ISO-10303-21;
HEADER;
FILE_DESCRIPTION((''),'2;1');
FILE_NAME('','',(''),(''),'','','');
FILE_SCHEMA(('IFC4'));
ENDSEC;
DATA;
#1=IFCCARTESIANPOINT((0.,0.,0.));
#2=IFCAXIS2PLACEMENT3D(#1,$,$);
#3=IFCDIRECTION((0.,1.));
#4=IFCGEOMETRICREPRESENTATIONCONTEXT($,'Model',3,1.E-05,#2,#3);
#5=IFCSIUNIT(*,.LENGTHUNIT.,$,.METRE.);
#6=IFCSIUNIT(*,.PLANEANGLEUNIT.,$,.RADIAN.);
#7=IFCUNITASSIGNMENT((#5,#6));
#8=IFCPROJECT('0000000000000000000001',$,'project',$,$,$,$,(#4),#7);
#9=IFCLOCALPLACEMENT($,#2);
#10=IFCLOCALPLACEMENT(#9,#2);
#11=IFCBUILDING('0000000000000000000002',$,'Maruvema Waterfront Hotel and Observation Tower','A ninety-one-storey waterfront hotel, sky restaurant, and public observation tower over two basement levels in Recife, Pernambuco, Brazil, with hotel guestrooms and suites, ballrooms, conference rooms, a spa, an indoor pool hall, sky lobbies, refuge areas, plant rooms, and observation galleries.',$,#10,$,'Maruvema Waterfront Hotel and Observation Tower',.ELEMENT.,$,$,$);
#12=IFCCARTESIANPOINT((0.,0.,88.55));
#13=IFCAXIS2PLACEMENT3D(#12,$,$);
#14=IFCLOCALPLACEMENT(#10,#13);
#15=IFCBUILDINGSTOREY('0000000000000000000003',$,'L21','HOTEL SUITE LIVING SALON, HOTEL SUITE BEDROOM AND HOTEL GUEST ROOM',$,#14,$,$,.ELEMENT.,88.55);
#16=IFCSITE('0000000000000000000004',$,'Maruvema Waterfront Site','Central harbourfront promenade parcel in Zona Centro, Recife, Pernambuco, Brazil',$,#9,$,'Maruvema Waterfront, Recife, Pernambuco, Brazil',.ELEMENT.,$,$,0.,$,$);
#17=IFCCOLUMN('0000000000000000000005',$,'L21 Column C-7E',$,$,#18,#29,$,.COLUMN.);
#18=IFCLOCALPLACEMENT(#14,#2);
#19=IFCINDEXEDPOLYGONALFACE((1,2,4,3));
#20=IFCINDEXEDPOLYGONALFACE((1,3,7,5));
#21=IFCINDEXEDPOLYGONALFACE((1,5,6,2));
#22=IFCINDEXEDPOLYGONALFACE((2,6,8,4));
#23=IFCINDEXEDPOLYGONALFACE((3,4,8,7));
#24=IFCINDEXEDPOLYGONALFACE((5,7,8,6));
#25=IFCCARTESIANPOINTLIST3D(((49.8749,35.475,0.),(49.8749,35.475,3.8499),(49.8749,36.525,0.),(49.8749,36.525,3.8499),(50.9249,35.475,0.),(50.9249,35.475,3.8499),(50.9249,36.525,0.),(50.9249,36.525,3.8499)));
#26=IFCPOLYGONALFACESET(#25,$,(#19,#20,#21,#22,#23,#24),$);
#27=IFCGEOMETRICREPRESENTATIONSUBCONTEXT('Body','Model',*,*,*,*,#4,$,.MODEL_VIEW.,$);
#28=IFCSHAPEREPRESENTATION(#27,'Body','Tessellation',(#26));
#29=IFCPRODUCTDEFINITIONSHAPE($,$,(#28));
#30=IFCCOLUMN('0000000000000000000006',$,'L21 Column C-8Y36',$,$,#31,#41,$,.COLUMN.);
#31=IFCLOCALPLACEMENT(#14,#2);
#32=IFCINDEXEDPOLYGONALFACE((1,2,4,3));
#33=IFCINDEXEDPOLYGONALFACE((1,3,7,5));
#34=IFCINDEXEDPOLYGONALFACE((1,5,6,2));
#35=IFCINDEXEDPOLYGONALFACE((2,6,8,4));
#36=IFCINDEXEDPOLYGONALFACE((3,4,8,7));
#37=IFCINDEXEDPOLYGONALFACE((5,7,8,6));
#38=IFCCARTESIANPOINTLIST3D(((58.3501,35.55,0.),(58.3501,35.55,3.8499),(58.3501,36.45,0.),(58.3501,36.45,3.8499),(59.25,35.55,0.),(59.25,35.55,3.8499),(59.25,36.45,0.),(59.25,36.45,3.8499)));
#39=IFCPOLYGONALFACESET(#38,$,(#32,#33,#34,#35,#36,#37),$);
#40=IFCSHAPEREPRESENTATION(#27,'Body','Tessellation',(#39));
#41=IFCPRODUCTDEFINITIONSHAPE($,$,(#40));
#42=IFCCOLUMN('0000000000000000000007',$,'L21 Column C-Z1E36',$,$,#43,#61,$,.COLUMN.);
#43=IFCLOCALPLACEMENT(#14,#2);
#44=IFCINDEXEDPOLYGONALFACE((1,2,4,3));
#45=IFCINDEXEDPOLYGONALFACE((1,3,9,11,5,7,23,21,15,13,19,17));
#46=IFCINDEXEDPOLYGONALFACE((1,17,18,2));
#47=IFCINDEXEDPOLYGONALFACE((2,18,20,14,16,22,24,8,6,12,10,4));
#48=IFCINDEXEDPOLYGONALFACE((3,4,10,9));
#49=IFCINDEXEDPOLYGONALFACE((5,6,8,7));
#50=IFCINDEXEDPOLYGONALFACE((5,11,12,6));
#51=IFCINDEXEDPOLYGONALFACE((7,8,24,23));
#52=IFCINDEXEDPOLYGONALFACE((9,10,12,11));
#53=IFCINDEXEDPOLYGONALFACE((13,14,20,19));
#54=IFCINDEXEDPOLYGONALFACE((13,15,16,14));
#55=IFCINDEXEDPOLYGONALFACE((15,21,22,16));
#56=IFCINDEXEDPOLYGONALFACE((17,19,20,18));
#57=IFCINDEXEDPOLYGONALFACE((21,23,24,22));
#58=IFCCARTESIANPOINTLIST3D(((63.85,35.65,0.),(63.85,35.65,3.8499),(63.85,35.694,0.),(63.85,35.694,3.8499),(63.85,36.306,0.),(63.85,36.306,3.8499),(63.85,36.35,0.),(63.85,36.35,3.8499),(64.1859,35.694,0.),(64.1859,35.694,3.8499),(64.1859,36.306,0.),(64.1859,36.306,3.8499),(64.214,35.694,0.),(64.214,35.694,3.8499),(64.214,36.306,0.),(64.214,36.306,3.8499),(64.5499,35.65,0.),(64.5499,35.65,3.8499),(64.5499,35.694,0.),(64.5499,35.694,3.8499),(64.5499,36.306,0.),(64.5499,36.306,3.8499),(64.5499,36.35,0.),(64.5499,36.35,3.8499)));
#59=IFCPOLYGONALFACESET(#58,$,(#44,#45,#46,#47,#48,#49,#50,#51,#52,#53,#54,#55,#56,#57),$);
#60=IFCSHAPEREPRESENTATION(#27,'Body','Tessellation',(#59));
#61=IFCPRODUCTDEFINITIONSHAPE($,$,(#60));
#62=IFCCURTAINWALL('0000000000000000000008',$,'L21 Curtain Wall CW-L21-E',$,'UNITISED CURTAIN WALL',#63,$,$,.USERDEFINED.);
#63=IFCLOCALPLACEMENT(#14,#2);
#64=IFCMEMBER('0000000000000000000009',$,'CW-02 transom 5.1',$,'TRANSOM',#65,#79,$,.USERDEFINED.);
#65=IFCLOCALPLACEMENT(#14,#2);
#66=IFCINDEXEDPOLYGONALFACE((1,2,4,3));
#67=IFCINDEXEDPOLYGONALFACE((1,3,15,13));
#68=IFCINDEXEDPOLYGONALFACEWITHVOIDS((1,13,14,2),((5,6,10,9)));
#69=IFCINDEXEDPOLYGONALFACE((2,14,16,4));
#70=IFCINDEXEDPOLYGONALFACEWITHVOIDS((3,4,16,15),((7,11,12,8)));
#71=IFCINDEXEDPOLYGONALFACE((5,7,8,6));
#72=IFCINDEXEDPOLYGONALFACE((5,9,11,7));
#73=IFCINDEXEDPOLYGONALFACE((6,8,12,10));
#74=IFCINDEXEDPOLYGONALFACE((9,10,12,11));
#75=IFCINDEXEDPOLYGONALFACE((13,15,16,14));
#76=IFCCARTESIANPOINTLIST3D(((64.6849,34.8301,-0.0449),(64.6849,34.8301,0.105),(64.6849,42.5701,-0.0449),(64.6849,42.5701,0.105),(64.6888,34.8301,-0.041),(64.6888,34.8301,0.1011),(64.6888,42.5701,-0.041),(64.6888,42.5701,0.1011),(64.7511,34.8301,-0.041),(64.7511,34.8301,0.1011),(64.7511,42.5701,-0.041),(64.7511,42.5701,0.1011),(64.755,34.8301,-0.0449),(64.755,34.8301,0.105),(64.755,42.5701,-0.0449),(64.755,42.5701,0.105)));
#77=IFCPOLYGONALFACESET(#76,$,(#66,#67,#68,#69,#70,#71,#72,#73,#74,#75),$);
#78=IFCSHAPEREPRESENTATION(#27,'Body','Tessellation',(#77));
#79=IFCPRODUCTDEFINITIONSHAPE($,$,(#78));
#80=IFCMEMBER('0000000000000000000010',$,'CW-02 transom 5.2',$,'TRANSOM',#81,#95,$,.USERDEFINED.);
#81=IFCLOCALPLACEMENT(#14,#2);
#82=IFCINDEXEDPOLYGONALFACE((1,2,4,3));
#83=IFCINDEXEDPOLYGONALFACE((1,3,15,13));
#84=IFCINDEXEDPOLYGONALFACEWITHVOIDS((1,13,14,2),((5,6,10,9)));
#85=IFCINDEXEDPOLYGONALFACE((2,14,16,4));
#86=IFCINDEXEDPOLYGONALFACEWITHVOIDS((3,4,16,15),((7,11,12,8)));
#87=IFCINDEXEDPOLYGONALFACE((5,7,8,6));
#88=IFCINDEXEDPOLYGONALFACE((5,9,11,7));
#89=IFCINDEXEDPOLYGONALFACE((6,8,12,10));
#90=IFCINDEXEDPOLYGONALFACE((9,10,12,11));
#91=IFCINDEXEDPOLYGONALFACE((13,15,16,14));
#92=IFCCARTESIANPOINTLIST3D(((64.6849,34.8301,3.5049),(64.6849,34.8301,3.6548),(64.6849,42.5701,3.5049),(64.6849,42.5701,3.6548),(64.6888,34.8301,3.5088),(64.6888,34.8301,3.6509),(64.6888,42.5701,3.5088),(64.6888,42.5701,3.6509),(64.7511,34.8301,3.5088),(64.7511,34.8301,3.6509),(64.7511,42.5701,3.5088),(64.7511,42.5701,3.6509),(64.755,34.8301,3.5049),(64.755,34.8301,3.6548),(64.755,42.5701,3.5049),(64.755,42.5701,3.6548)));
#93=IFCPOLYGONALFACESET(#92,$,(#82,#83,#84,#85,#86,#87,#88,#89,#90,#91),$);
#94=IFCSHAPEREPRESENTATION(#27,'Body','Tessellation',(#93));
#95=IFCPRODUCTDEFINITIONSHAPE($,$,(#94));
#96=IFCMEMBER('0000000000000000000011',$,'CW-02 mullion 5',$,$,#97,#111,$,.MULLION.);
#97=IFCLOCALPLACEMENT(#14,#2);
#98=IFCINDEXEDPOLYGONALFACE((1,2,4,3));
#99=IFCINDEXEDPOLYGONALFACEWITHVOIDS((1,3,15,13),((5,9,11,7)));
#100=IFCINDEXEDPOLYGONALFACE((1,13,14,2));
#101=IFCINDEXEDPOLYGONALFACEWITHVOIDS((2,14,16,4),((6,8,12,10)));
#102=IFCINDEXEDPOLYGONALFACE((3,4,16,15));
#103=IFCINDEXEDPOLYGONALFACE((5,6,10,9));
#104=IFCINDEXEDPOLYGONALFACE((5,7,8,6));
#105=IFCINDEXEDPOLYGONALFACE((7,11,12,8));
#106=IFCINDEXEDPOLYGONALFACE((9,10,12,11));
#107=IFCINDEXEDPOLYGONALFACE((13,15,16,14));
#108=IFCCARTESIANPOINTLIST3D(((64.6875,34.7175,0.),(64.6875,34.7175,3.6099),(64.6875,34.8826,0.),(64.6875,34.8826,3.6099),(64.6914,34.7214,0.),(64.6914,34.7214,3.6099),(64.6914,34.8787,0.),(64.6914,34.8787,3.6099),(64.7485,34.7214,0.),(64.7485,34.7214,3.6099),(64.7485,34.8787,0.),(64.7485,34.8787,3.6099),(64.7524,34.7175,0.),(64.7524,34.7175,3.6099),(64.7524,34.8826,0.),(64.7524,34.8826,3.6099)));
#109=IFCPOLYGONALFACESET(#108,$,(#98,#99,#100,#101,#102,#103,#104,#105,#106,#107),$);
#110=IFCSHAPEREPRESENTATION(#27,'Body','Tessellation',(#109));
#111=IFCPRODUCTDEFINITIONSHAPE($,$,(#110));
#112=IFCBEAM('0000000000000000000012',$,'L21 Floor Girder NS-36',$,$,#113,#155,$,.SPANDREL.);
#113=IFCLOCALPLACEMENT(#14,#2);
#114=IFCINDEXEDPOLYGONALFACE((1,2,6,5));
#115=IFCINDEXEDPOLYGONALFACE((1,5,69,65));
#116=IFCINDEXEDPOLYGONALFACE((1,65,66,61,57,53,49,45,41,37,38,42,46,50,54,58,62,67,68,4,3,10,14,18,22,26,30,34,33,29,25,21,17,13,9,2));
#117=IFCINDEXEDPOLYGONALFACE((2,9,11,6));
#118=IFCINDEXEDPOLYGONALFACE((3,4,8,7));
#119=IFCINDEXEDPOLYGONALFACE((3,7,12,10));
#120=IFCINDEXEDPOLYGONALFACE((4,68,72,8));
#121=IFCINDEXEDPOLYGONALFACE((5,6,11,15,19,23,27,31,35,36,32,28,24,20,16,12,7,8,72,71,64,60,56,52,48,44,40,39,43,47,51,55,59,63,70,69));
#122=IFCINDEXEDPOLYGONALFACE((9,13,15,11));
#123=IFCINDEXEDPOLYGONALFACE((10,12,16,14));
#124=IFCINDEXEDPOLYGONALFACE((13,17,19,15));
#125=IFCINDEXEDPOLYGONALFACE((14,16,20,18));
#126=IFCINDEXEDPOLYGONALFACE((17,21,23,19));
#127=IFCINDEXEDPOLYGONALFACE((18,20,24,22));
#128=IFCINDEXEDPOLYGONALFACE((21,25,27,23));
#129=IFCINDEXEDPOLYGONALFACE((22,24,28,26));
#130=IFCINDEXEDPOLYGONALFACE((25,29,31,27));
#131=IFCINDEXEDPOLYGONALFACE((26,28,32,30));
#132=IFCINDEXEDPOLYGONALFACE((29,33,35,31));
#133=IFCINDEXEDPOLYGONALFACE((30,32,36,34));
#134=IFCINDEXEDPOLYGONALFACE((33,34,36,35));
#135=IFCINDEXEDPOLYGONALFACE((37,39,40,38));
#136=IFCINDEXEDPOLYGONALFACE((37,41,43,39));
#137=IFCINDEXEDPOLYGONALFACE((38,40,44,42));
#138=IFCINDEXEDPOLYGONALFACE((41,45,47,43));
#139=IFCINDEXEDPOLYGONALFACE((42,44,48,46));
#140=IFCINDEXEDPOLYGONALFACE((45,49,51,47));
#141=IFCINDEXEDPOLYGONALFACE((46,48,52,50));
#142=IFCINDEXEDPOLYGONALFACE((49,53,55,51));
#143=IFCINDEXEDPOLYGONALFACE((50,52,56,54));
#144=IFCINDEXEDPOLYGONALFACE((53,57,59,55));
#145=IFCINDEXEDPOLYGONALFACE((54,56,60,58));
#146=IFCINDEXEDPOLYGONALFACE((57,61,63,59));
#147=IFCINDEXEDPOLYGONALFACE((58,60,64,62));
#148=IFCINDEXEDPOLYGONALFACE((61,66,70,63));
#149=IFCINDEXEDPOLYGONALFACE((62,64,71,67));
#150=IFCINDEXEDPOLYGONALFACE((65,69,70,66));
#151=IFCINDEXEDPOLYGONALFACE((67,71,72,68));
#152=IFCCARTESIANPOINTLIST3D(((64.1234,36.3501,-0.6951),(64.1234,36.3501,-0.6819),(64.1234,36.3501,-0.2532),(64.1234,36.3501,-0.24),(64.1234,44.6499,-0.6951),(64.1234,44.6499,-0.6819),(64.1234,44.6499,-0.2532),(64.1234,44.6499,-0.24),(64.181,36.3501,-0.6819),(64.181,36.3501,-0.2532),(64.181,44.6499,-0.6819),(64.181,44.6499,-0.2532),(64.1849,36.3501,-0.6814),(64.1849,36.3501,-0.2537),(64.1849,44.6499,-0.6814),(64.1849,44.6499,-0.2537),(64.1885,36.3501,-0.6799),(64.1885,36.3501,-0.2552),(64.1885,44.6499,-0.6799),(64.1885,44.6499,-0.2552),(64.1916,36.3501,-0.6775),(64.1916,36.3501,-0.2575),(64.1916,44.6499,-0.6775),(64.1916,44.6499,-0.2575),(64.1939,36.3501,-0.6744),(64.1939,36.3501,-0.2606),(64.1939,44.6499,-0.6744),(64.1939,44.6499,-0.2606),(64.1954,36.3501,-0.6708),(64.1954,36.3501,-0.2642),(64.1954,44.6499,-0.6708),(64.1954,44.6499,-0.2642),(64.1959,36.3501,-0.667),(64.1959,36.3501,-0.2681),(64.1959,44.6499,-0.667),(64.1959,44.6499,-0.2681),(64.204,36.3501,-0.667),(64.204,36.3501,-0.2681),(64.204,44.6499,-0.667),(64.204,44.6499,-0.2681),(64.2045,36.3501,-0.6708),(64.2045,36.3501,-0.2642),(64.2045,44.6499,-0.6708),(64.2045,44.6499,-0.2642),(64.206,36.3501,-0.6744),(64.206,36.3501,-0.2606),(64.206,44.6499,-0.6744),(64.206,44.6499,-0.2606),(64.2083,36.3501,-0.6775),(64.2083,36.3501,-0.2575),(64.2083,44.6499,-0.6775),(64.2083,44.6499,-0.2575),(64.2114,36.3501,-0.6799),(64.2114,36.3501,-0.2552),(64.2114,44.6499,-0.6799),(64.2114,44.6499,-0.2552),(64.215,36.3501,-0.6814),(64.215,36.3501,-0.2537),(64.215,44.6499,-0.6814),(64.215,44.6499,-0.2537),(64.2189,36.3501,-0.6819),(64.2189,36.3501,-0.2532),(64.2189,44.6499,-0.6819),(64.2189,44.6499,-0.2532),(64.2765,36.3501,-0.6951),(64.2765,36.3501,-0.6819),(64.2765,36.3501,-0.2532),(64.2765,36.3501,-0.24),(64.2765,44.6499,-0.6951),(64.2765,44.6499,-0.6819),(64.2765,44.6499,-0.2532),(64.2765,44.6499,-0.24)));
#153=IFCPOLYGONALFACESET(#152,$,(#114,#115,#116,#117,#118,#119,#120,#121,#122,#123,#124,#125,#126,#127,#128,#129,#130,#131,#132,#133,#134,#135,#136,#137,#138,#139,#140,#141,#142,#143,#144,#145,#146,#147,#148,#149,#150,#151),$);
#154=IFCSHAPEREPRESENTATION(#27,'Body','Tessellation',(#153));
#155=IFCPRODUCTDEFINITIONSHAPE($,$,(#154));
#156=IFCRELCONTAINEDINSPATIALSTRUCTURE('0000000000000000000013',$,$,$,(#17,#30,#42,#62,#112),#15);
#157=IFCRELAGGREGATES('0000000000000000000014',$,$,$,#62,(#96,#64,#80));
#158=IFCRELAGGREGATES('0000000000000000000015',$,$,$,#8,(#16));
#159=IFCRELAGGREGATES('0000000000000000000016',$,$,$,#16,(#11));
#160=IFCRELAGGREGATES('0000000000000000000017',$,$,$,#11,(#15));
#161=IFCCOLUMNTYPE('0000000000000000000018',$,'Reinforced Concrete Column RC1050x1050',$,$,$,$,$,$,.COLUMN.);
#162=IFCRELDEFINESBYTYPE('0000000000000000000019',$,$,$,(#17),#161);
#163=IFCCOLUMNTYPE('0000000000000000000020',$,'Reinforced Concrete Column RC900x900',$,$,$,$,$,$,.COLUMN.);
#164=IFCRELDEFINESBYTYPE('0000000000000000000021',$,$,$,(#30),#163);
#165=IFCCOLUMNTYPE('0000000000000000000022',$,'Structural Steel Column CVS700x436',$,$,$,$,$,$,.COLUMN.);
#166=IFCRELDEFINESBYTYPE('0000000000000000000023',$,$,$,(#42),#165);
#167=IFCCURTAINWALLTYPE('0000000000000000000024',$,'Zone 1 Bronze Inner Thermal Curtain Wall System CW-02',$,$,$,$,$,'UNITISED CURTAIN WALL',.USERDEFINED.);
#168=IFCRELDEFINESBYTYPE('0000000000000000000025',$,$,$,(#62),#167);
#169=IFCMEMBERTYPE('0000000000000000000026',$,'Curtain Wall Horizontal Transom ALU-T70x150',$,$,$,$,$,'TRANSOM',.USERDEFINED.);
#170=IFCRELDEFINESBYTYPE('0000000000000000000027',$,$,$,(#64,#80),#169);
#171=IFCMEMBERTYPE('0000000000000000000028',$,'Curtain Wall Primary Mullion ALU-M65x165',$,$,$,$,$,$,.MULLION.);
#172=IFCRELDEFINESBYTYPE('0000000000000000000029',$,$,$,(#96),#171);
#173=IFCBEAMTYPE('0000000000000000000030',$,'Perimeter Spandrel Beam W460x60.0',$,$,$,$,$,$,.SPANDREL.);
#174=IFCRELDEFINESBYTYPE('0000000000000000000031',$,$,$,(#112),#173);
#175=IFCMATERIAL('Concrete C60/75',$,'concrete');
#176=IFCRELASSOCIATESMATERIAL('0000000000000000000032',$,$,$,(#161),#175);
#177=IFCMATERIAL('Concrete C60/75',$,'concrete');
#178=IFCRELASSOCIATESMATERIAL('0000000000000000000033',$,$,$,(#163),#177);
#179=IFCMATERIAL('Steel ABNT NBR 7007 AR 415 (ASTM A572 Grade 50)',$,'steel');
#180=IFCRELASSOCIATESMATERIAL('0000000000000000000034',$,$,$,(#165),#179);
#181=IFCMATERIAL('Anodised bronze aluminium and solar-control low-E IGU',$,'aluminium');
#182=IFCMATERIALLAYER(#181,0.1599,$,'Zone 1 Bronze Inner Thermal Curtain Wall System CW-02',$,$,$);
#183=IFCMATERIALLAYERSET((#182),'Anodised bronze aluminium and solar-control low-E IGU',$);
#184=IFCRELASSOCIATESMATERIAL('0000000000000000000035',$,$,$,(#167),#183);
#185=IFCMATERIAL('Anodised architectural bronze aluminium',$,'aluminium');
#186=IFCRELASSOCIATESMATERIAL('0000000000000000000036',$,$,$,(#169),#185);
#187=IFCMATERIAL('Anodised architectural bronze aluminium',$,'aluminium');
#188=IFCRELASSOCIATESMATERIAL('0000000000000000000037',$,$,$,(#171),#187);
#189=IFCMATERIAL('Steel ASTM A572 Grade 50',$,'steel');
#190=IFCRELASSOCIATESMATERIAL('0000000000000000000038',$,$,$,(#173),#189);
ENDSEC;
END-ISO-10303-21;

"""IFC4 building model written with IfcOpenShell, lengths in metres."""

from ifc_helpers import new_model, si_unit, direction, frame, origin, origin_2d, place, context, subcontext, project, spatial, rectangle, hollow_rectangle, i_section, extrude, material, layer, layer_set, material_profile, profile_set, type_object, element, aggregate, save


model = new_model("IFC4")

# Units and contexts
model_context = context("Model", 3, precision=1e-05, world=origin(), true_north=direction((0.0, 1.0)))
body_context = subcontext(model_context, "Body", "Model", "MODEL_VIEW")
ifc_project = project(units=[si_unit("LENGTHUNIT", "METRE"), si_unit("PLANEANGLEUNIT", "RADIAN")], contexts=[model_context])

# Site, building, storey
site_placement = place(None, origin())
site = spatial("IfcSite", under=ifc_project, at=site_placement, Name="Maruvema Waterfront Site", Description="Central harbourfront promenade parcel in Zona Centro, Recife, Pernambuco, Brazil", LongName="Maruvema Waterfront, Recife, Pernambuco, Brazil", CompositionType="ELEMENT", RefElevation=0.0)
building_placement = place(site_placement, origin())
building = spatial("IfcBuilding", under=site, at=building_placement, Name="Maruvema Waterfront Hotel and Observation Tower", Description="A ninety-one-storey waterfront hotel, sky restaurant, and public observation tower over two basement levels in Recife, Pernambuco, Brazil, with hotel guestrooms and suites, ballrooms, conference rooms, a spa, an indoor pool hall, sky lobbies, refuge areas, plant rooms, and observation galleries.", LongName="Maruvema Waterfront Hotel and Observation Tower", CompositionType="ELEMENT")
storey_placement = place(building_placement, frame((0.0, 0.0, 88.55)))
storey = spatial("IfcBuildingStorey", under=building, at=storey_placement, Name="L21", Description="HOTEL SUITE LIVING SALON, HOTEL SUITE BEDROOM AND HOTEL GUEST ROOM", CompositionType="ELEMENT", Elevation=88.55)

# Columns
ifc_material_1 = material(Name="Concrete C60/75", Category="concrete")
ifc_material_profile_1 = material_profile(ifc_material_1, rectangle(XDim=1.05, YDim=1.05, at=origin_2d()), Name="RC1050x1050")
ifc_profile_set_1 = profile_set([ifc_material_profile_1], Name="Concrete C60/75")
column_type_1 = type_object("IfcColumnType", Name="Reinforced Concrete Column RC1050x1050", PredefinedType="COLUMN", material=ifc_profile_set_1)
column_1_placement = place(storey_placement, frame((50.3999, 36.0, 0.0), z_axis=(0.0, 0.0, 1.0), x_axis=(1.0, 0.0, 0.0)))
element("IfcColumn", 1, at=column_1_placement, inside=storey, type_object=column_type_1, Name="L21 Column C-7E", PredefinedType="COLUMN", context=body_context, shape_type="SweptSolid", body=[
    extrude(rectangle(XDim=1.05, YDim=1.05, at=origin_2d()), origin(), (0.0, 0.0, 1.0), 3.8499),
])
ifc_material_2 = material(Name="Concrete C60/75", Category="concrete")
ifc_material_profile_2 = material_profile(ifc_material_2, rectangle(XDim=0.8999, YDim=0.8999, at=origin_2d()), Name="RC900x900")
ifc_profile_set_2 = profile_set([ifc_material_profile_2], Name="Concrete C60/75")
column_type_2 = type_object("IfcColumnType", Name="Reinforced Concrete Column RC900x900", PredefinedType="COLUMN", material=ifc_profile_set_2)
column_2_placement = place(storey_placement, frame((58.8, 36.0, 0.0), z_axis=(0.0, 0.0, 1.0), x_axis=(1.0, 0.0, 0.0)))
element("IfcColumn", 2, at=column_2_placement, inside=storey, type_object=column_type_2, Name="L21 Column C-8Y36", PredefinedType="COLUMN", context=body_context, shape_type="SweptSolid", body=[
    extrude(rectangle(XDim=0.8999, YDim=0.8999, at=origin_2d()), origin(), (0.0, 0.0, 1.0), 3.8499),
])
ifc_material_3 = material(Name="Steel ABNT NBR 7007 AR 415 (ASTM A572 Grade 50)", Category="steel")
ifc_material_profile_3 = material_profile(ifc_material_3, i_section(OverallWidth=0.7, OverallDepth=0.7, WebThickness=0.0281, FlangeThickness=0.0439, at=origin_2d()), Name="CVS700x436")
ifc_profile_set_3 = profile_set([ifc_material_profile_3], Name="Steel ABNT NBR 7007 AR 415 (ASTM A572 Grade 50)")
column_type_3 = type_object("IfcColumnType", Name="Structural Steel Column CVS700x436", PredefinedType="COLUMN", material=ifc_profile_set_3)
column_3_placement = place(storey_placement, frame((64.2, 36.0, 0.0), z_axis=(0.0, 0.0, 1.0), x_axis=(1.0, 0.0, 0.0)))
element("IfcColumn", 3, at=column_3_placement, inside=storey, type_object=column_type_3, Name="L21 Column C-Z1E36", PredefinedType="COLUMN", context=body_context, shape_type="SweptSolid", body=[
    extrude(i_section(OverallWidth=0.7, OverallDepth=0.7, WebThickness=0.0281, FlangeThickness=0.0439, at=origin_2d()), origin(), (0.0, 0.0, 1.0), 3.8499),
])

# Curtain wall, members
ifc_material_4 = material(Name="Anodised bronze aluminium and solar-control low-E IGU", Category="aluminium")
ifc_layer_1 = layer(ifc_material_4, 0.1599, Name="Zone 1 Bronze Inner Thermal Curtain Wall System CW-02")
ifc_layer_set_1 = layer_set([ifc_layer_1], Name="Anodised bronze aluminium and solar-control low-E IGU")
curtain_wall_type = type_object("IfcCurtainWallType", Name="Zone 1 Bronze Inner Thermal Curtain Wall System CW-02", ElementType="UNITISED CURTAIN WALL", PredefinedType="USERDEFINED", material=ifc_layer_set_1)
curtain_wall_placement = place(storey_placement, origin())
curtain_wall = element("IfcCurtainWall", 4, at=curtain_wall_placement, inside=storey, type_object=curtain_wall_type, Name="L21 Curtain Wall CW-L21-E", ObjectType="UNITISED CURTAIN WALL", PredefinedType="USERDEFINED")
ifc_material_5 = material(Name="Anodised architectural bronze aluminium", Category="aluminium")
ifc_material_profile_4 = material_profile(ifc_material_5, hollow_rectangle(XDim=0.0701, YDim=0.1499, WallThickness=0.0039, at=origin_2d()), Name="ALU-T70x150")
ifc_profile_set_4 = profile_set([ifc_material_profile_4], Name="Anodised architectural bronze aluminium")
member_type_1 = type_object("IfcMemberType", Name="Curtain Wall Horizontal Transom ALU-T70x150", ElementType="TRANSOM", PredefinedType="USERDEFINED", material=ifc_profile_set_4)
member_1_placement = place(storey_placement, frame((64.72, 34.8301, 0.03), z_axis=(0.0, 1.0, 0.0), x_axis=(-1.0, 0.0, 0.0)))
member_1 = element("IfcMember", 5, at=member_1_placement, type_object=member_type_1, Name="CW-02 transom 5.1", ObjectType="TRANSOM", PredefinedType="USERDEFINED", context=body_context, shape_type="SweptSolid", body=[
    extrude(hollow_rectangle(XDim=0.0701, YDim=0.1499, WallThickness=0.0039, at=origin_2d()), origin(), (0.0, 0.0, 1.0), 7.74),
])
member_2_placement = place(storey_placement, frame((64.72, 34.8301, 3.5798), z_axis=(0.0, 1.0, 0.0), x_axis=(-1.0, 0.0, 0.0)))
member_2 = element("IfcMember", 6, at=member_2_placement, type_object=member_type_1, Name="CW-02 transom 5.2", ObjectType="TRANSOM", PredefinedType="USERDEFINED", context=body_context, shape_type="SweptSolid", body=[
    extrude(hollow_rectangle(XDim=0.0701, YDim=0.1499, WallThickness=0.0039, at=origin_2d()), origin(), (0.0, 0.0, 1.0), 7.74),
])
ifc_material_6 = material(Name="Anodised architectural bronze aluminium", Category="aluminium")
ifc_material_profile_5 = material_profile(ifc_material_6, hollow_rectangle(XDim=0.0649, YDim=0.165, WallThickness=0.0039, at=origin_2d()), Name="ALU-M65x165")
ifc_profile_set_5 = profile_set([ifc_material_profile_5], Name="Anodised architectural bronze aluminium")
member_type_2 = type_object("IfcMemberType", Name="Curtain Wall Primary Mullion ALU-M65x165", PredefinedType="MULLION", material=ifc_profile_set_5)
member_3_placement = place(storey_placement, frame((64.72, 34.8, 0.0), z_axis=(0.0, 0.0, 1.0), x_axis=(-1.0, 0.0, 0.0)))
member_3 = element("IfcMember", 7, at=member_3_placement, type_object=member_type_2, Name="CW-02 mullion 5", PredefinedType="MULLION", context=body_context, shape_type="SweptSolid", body=[
    extrude(hollow_rectangle(XDim=0.0649, YDim=0.165, WallThickness=0.0039, at=origin_2d()), origin(), (0.0, 0.0, 1.0), 3.6099),
])

# Beam
ifc_material_7 = material(Name="Steel ASTM A572 Grade 50", Category="steel")
ifc_material_profile_6 = material_profile(ifc_material_7, i_section(OverallWidth=0.1531, OverallDepth=0.4551, WebThickness=0.0081, FlangeThickness=0.0132, FilletRadius=0.0149, at=origin_2d()), Name="W460x60.0")
ifc_profile_set_6 = profile_set([ifc_material_profile_6], Name="Steel ASTM A572 Grade 50")
beam_type_1 = type_object("IfcBeamType", Name="Perimeter Spandrel Beam W460x60.0", PredefinedType="SPANDREL", material=ifc_profile_set_6)
beam_1_placement = place(storey_placement, frame((64.2, 36.3501, -0.4675), z_axis=(0.0, 1.0, 0.0), x_axis=(-1.0, 0.0, 0.0)))
element("IfcBeam", 8, at=beam_1_placement, inside=storey, type_object=beam_type_1, Name="L21 Floor Girder NS-36", PredefinedType="SPANDREL", context=body_context, shape_type="SweptSolid", body=[
    extrude(i_section(OverallWidth=0.1531, OverallDepth=0.4551, WebThickness=0.0081, FlangeThickness=0.0132, FilletRadius=0.0149, at=origin_2d()), origin(), (0.0, 0.0, 1.0), 8.2998),
])

aggregate(curtain_wall, [member_3, member_1, member_2])

save(model, "model.ifc")
